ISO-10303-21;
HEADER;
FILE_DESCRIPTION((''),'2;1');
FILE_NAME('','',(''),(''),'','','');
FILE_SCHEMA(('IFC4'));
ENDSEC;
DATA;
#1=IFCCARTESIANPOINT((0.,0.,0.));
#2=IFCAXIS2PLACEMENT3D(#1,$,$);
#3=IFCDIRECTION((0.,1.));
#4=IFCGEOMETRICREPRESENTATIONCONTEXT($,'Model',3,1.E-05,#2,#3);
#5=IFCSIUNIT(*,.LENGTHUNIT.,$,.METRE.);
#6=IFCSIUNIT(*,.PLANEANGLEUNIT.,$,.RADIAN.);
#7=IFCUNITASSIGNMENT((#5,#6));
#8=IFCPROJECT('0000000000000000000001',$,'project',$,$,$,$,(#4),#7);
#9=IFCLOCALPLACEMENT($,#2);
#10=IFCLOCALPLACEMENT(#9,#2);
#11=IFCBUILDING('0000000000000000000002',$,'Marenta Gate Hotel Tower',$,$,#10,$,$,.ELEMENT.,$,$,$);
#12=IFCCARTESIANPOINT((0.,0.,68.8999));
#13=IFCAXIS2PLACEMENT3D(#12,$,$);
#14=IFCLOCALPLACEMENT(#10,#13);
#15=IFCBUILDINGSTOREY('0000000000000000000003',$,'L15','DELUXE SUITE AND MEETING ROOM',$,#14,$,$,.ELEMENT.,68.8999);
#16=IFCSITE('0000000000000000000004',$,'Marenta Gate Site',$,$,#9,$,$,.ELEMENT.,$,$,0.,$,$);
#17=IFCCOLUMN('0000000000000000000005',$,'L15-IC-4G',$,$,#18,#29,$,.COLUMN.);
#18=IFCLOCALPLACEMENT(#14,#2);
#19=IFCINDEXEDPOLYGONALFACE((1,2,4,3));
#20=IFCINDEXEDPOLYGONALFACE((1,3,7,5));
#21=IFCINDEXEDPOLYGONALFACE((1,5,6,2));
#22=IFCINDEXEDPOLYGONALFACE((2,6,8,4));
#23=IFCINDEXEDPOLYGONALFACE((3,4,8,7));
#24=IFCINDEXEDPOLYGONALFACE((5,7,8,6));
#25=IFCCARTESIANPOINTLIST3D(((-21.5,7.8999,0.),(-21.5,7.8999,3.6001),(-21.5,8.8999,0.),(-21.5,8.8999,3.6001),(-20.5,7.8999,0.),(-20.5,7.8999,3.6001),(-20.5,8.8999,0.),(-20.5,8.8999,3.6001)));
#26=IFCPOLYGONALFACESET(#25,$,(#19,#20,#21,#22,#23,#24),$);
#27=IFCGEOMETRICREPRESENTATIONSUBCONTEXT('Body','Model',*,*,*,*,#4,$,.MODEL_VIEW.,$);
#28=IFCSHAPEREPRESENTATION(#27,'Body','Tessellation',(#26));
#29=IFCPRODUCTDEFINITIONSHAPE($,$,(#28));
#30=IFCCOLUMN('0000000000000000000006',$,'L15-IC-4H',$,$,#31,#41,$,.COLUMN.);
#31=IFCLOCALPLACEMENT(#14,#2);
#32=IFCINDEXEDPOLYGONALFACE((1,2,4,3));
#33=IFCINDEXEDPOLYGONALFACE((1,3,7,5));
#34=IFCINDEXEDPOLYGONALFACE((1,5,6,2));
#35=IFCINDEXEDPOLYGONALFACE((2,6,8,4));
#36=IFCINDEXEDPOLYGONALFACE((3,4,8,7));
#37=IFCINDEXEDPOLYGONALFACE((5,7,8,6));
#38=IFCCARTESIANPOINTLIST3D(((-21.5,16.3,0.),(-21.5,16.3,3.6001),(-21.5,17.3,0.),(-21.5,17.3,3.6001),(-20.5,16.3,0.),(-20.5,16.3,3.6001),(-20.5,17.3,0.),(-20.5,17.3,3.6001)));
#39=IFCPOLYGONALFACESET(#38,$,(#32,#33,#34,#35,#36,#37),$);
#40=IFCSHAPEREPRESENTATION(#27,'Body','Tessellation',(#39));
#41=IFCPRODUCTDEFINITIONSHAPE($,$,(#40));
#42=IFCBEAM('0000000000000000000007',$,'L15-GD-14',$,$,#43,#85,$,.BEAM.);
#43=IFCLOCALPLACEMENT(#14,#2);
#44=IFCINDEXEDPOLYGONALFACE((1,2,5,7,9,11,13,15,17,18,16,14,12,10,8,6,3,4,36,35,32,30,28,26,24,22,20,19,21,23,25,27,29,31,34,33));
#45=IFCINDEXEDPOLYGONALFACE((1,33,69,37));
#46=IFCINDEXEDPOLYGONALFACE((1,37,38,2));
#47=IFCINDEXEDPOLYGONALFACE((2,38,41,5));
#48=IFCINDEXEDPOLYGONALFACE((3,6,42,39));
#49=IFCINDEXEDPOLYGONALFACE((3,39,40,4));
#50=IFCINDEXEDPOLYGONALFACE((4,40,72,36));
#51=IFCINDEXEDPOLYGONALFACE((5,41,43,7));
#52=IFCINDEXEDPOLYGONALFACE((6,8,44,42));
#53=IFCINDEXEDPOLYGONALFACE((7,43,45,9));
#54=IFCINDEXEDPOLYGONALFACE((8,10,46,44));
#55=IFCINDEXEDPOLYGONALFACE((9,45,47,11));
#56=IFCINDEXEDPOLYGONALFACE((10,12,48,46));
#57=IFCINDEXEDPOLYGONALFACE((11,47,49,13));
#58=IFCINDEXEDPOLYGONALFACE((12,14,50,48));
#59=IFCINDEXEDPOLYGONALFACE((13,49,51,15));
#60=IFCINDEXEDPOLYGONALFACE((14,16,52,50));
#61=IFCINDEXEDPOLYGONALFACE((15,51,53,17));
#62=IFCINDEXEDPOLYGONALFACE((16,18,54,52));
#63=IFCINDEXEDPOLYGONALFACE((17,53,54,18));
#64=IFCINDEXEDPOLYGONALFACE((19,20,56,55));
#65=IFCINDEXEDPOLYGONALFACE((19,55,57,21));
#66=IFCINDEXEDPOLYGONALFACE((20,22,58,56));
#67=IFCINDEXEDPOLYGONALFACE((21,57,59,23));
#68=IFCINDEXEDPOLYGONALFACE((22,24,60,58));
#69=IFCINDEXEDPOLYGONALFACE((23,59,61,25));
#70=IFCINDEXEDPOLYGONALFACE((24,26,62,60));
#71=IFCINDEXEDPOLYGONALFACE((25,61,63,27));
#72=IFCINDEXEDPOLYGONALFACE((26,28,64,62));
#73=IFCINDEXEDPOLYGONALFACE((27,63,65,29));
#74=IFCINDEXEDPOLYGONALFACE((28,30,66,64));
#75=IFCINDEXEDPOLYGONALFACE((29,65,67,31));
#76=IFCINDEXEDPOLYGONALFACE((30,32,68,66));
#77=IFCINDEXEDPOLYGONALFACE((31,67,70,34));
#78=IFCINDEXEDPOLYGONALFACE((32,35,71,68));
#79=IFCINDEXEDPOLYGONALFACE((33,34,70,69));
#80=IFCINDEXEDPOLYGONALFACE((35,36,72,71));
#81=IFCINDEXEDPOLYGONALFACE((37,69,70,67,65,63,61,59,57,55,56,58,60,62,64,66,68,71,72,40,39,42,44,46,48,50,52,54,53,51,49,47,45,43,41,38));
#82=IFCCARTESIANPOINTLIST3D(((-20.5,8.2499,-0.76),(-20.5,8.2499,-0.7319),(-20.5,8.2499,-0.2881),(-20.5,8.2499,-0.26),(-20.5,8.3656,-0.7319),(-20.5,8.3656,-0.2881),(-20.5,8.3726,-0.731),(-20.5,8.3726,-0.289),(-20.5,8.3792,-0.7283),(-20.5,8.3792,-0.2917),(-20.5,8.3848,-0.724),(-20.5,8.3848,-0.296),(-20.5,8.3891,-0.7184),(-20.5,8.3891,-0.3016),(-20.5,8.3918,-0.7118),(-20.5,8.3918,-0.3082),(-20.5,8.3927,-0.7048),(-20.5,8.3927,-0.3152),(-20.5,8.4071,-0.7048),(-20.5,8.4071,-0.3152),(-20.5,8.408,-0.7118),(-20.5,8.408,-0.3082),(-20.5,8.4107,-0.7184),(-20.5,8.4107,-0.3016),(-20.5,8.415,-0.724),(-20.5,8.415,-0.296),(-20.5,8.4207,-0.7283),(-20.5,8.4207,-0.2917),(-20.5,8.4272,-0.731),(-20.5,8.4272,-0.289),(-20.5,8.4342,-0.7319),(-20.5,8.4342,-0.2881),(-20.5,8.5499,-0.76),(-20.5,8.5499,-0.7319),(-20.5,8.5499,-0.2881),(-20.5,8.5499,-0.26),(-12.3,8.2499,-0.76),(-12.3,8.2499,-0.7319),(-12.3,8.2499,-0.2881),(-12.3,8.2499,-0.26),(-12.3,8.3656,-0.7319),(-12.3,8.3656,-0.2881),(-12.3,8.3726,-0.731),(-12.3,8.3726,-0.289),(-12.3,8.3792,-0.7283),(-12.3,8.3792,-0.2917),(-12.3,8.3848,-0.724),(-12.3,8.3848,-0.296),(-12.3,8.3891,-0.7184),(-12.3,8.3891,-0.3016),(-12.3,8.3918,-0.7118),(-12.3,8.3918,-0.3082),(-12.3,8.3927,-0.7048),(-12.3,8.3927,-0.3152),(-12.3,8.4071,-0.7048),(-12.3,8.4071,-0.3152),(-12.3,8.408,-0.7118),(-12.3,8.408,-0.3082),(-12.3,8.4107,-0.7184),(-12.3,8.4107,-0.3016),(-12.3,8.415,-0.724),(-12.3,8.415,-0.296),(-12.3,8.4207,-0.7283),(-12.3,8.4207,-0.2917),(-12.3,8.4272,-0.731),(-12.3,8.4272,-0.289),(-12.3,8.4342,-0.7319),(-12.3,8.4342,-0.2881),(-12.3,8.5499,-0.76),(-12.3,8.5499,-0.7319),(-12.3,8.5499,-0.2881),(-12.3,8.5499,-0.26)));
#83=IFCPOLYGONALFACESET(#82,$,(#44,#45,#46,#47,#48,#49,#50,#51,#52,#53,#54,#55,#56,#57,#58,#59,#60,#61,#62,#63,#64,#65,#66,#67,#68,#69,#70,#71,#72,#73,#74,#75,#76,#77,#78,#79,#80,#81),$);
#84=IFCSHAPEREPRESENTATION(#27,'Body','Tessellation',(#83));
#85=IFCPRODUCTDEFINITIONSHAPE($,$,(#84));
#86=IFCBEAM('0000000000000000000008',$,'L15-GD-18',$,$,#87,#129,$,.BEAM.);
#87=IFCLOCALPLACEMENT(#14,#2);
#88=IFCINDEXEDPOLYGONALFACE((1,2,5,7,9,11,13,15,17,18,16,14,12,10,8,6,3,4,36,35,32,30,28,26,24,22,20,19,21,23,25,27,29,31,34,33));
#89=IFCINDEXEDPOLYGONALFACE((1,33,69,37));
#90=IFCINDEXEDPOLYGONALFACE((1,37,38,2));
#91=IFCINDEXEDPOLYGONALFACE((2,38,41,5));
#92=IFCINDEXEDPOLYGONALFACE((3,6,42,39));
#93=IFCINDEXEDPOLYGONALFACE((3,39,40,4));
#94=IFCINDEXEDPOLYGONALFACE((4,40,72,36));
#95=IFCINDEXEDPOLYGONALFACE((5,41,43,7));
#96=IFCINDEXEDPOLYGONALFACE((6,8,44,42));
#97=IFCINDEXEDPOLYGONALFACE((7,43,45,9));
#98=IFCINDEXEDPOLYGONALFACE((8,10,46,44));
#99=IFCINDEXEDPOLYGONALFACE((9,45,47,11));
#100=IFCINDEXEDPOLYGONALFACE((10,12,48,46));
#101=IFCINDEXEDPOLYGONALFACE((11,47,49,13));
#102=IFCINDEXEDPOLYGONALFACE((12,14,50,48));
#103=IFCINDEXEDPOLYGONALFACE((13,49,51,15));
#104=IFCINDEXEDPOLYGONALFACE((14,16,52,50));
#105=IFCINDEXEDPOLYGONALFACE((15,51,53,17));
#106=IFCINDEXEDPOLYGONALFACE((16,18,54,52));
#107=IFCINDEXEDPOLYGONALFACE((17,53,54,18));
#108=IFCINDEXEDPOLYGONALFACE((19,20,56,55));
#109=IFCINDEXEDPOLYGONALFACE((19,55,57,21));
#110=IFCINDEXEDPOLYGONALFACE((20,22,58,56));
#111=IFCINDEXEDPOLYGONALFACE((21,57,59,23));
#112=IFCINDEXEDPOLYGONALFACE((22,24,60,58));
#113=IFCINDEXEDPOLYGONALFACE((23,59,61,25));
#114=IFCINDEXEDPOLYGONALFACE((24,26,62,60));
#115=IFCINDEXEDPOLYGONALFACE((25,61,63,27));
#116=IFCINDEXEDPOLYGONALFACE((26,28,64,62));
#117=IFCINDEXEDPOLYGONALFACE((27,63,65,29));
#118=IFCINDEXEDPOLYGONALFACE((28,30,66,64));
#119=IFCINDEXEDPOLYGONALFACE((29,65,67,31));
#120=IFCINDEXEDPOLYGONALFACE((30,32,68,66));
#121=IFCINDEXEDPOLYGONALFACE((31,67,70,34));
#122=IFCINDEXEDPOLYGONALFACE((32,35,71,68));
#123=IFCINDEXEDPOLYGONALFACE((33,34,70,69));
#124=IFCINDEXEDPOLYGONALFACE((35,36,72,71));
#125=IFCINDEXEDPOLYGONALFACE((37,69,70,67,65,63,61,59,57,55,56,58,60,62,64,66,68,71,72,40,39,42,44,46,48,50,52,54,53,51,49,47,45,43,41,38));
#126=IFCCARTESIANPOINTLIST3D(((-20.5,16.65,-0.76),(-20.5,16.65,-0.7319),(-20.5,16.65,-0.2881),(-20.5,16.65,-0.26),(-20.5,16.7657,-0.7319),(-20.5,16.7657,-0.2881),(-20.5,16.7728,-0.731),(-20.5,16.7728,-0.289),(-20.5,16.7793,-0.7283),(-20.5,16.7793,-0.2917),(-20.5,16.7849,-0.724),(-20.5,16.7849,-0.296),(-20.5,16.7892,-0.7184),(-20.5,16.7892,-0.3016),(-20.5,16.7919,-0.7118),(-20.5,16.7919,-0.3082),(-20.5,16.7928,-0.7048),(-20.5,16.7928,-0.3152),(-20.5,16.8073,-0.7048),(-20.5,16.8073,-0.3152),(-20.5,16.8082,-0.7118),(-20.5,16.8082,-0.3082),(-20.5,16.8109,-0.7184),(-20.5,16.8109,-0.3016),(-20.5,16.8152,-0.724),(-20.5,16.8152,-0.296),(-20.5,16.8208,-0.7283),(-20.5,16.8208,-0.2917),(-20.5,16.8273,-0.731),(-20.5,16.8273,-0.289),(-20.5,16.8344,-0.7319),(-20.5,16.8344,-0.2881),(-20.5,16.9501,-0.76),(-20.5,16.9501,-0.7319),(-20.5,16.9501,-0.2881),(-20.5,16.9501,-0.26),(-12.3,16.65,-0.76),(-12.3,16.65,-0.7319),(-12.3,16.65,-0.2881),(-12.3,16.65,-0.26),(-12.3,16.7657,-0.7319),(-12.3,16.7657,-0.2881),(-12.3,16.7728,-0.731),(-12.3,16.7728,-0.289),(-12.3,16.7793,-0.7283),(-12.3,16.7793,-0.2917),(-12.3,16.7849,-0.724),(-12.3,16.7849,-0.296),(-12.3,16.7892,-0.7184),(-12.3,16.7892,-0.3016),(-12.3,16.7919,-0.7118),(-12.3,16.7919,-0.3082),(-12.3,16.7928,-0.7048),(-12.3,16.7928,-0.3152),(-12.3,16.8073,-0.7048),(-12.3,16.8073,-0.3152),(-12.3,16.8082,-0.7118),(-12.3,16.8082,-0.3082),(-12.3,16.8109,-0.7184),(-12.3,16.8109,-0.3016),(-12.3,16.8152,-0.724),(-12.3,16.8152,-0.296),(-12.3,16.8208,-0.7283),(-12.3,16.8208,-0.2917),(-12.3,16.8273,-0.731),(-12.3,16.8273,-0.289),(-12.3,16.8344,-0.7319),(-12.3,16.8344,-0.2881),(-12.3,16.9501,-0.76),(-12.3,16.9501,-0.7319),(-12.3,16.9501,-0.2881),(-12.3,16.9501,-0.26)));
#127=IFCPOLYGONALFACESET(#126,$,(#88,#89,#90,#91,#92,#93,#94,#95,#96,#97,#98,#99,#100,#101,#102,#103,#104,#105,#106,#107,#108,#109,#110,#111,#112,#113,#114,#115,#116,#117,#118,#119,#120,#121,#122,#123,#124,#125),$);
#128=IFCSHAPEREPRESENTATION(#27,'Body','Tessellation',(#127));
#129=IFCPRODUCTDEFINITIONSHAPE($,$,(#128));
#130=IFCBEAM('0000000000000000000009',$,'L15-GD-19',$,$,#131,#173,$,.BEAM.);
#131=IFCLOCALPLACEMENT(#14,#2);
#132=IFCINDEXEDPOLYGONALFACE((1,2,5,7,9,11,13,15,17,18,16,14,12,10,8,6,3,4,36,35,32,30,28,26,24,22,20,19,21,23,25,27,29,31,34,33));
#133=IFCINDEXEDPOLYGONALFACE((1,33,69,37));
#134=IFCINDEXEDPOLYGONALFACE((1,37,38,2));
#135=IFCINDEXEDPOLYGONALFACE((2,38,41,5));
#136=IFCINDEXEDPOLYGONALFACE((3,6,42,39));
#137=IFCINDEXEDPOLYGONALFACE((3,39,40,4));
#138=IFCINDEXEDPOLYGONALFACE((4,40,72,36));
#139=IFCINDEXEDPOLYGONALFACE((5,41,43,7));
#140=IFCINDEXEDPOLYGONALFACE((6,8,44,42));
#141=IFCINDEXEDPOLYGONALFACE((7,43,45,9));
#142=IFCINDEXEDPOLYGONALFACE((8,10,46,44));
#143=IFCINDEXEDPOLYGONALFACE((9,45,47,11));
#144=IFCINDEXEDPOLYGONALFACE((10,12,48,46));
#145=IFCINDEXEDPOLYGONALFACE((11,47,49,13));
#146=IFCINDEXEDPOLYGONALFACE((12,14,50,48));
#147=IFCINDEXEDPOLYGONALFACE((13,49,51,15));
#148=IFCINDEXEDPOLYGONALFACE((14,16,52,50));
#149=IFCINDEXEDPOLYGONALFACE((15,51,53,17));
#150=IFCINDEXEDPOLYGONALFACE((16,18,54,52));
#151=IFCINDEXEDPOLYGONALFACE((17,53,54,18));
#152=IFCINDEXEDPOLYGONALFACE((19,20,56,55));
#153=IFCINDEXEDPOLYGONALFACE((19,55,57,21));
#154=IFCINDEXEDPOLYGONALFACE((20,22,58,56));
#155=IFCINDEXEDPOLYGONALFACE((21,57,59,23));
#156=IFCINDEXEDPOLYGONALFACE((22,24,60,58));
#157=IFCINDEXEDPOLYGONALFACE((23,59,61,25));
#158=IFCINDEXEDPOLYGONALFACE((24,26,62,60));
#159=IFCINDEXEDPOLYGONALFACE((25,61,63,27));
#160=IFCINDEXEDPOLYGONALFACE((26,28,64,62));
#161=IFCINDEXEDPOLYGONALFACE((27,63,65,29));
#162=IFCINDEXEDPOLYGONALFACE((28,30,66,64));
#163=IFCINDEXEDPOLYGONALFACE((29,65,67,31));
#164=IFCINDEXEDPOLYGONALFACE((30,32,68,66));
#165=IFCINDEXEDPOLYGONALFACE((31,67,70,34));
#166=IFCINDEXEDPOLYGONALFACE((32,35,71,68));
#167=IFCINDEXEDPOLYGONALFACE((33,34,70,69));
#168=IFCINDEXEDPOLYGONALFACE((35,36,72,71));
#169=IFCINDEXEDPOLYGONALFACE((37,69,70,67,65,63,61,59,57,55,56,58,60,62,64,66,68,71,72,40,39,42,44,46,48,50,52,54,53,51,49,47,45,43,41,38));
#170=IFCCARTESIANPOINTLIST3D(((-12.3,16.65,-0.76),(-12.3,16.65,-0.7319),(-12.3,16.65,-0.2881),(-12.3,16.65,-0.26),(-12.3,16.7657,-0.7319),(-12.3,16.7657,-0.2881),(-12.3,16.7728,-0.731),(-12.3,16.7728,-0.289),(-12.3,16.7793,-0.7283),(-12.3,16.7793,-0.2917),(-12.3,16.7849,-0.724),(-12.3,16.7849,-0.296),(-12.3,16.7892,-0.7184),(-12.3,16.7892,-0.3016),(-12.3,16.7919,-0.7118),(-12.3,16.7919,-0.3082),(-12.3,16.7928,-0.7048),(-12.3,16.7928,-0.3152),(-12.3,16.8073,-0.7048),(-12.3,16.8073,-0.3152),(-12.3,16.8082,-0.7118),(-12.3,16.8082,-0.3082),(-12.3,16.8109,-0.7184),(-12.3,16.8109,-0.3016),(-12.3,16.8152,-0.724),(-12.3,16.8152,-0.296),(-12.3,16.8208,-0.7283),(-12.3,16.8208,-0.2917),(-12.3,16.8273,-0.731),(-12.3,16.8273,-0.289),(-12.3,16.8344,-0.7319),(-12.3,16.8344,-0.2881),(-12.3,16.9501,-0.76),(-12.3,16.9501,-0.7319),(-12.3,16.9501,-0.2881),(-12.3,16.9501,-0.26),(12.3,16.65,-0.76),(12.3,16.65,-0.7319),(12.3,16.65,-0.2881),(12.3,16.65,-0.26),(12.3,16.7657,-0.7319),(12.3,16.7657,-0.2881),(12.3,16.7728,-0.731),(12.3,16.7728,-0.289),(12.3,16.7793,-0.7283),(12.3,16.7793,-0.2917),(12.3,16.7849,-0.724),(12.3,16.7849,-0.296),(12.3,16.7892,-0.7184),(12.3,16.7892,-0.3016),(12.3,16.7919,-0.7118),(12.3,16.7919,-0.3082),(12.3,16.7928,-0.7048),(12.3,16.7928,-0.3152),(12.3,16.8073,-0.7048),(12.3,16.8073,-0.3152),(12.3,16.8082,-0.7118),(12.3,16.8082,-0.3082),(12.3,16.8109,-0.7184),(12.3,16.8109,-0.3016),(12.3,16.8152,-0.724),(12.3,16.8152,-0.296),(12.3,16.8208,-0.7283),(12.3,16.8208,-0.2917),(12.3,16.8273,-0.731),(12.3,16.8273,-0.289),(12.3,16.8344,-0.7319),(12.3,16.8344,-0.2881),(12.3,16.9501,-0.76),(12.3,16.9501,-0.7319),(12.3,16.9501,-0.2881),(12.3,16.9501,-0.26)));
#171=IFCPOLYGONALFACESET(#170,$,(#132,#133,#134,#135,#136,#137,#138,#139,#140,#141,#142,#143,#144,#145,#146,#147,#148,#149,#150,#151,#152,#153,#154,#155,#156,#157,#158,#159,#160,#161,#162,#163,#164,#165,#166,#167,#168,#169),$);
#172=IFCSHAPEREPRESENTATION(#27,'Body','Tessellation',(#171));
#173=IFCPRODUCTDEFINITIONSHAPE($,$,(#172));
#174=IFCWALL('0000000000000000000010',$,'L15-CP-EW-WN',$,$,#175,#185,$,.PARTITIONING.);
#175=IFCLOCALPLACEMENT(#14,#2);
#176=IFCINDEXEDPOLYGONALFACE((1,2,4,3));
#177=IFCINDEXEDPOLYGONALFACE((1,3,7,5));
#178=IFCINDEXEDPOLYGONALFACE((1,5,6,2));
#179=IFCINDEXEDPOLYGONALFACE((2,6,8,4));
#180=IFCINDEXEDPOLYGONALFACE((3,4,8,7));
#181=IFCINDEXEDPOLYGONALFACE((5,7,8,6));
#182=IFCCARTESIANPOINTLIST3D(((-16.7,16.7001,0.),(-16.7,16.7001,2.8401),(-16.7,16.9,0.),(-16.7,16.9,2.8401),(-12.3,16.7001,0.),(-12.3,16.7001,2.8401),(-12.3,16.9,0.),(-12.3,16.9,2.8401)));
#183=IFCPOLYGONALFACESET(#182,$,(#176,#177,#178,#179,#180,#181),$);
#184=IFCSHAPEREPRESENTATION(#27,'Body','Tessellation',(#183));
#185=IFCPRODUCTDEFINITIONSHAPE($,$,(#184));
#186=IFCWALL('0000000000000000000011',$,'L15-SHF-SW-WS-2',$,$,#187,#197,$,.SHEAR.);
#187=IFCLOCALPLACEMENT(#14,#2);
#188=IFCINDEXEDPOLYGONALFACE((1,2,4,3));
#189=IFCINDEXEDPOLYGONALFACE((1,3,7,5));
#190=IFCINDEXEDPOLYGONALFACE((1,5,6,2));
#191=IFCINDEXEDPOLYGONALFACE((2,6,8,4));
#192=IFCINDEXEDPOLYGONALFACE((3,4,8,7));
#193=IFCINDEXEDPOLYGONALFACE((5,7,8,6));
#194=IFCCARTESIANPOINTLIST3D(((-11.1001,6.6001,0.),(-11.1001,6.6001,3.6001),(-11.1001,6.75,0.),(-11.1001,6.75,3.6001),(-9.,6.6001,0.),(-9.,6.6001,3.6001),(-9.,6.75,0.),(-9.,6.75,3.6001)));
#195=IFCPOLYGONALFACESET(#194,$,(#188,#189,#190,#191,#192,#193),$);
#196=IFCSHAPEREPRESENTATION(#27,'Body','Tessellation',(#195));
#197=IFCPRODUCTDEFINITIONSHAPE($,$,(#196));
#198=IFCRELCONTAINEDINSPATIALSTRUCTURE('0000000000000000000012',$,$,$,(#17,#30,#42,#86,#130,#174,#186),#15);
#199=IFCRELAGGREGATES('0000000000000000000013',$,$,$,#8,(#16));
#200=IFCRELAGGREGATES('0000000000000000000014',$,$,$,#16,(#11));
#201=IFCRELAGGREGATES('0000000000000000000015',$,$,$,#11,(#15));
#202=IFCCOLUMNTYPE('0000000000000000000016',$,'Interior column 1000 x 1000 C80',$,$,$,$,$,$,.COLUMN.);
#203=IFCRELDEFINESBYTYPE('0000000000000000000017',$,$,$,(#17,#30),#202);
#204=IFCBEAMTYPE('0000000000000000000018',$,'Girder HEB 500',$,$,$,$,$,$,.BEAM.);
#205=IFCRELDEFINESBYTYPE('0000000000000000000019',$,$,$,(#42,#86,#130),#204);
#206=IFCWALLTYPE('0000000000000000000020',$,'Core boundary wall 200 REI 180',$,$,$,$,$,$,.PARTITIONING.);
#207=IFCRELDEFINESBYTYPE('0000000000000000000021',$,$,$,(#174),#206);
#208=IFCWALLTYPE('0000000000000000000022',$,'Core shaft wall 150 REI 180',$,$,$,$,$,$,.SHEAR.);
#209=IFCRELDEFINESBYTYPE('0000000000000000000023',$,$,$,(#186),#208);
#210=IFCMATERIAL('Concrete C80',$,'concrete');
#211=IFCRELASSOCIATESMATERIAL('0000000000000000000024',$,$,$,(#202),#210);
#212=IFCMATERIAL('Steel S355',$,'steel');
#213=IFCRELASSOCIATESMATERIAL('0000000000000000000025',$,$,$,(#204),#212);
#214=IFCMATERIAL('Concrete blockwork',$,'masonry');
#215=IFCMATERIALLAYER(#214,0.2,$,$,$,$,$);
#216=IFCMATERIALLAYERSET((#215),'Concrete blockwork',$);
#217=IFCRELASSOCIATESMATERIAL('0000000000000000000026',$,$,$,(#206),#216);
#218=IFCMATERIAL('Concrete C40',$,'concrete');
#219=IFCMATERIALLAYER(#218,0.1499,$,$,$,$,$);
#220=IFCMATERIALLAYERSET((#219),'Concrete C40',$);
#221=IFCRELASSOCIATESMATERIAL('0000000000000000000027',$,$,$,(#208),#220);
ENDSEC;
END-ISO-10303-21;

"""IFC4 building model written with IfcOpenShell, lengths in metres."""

from ifc_helpers import new_model, si_unit, direction, frame, frame_2d, origin, origin_2d, place, context, subcontext, project, spatial, rectangle, i_section, extrude, material, layer, layer_set, material_profile, profile_set, type_object, element, save


model = new_model("IFC4")

# Units and contexts
model_context = context("Model", 3, precision=1e-05, world=origin(), true_north=direction((0.0, 1.0)))
body_context = subcontext(model_context, "Body", "Model", "MODEL_VIEW")
ifc_project = project(units=[si_unit("LENGTHUNIT", "METRE"), si_unit("PLANEANGLEUNIT", "RADIAN")], contexts=[model_context])

# Site, building, storey
site_placement = place(None, origin())
site = spatial("IfcSite", under=ifc_project, at=site_placement, Name="Marenta Gate Site", CompositionType="ELEMENT", RefElevation=0.0)
building_placement = place(site_placement, origin())
building = spatial("IfcBuilding", under=site, at=building_placement, Name="Marenta Gate Hotel Tower", CompositionType="ELEMENT")
storey_placement = place(building_placement, frame((0.0, 0.0, 68.8999)))
storey = spatial("IfcBuildingStorey", under=building, at=storey_placement, Name="L15", Description="DELUXE SUITE AND MEETING ROOM", CompositionType="ELEMENT", Elevation=68.8999)

# Columns
ifc_material_1 = material(Name="Concrete C80", Category="concrete")
ifc_material_profile_1 = material_profile(ifc_material_1, rectangle(XDim=1.0, YDim=1.0, at=origin_2d()), Name="1000 x 1000")
ifc_profile_set_1 = profile_set([ifc_material_profile_1], Name="Concrete C80")
column_type = type_object("IfcColumnType", Name="Interior column 1000 x 1000 C80", PredefinedType="COLUMN", material=ifc_profile_set_1)
for number, where, z_axis, x_axis, name in (
    (1, (-21.0, 8.3999, 0.0), (0.0, 0.0, 1.0), (1.0, 0.0, 0.0), "L15-IC-4G"),
    (2, (-21.0, 16.8, 0.0), (0.0, 0.0, 1.0), (1.0, 0.0, 0.0), "L15-IC-4H"),
):
    element("IfcColumn", number, at=place(storey_placement, frame(where, z_axis=z_axis, x_axis=x_axis)), inside=storey, type_object=column_type, Name=name, PredefinedType="COLUMN", context=body_context, shape_type="SweptSolid", body=[
        extrude(rectangle(XDim=1.0, YDim=1.0, at=origin_2d()), origin(), (0.0, 0.0, 1.0), 3.6001),
    ])

# Beams
ifc_material_2 = material(Name="Steel S355", Category="steel")
ifc_material_profile_2 = material_profile(ifc_material_2, i_section(OverallWidth=0.3, OverallDepth=0.5, WebThickness=0.0144, FlangeThickness=0.0281, FilletRadius=0.0271, at=origin_2d()), Name="HEB 500")
ifc_profile_set_2 = profile_set([ifc_material_profile_2], Name="Steel S355")
beam_type = type_object("IfcBeamType", Name="Girder HEB 500", PredefinedType="BEAM", material=ifc_profile_set_2)
for number, where, z_axis, x_axis, name in (
    (3, (-20.5, 8.3999, -0.51), (1.0, 0.0, 0.0), (0.0, 1.0, 0.0), "L15-GD-14"),
    (4, (-20.5, 16.8, -0.51), (1.0, 0.0, 0.0), (0.0, 1.0, 0.0), "L15-GD-18"),
):
    element("IfcBeam", number, at=place(storey_placement, frame(where, z_axis=z_axis, x_axis=x_axis)), inside=storey, type_object=beam_type, Name=name, PredefinedType="BEAM", context=body_context, shape_type="SweptSolid", body=[
        extrude(i_section(OverallWidth=0.3, OverallDepth=0.5, WebThickness=0.0144, FlangeThickness=0.0281, FilletRadius=0.0271, at=origin_2d()), origin(), (0.0, 0.0, 1.0), 8.2),
    ])
beam_placement = place(storey_placement, frame((-12.3, 16.8, -0.51), z_axis=(1.0, 0.0, 0.0), x_axis=(0.0, 1.0, 0.0)))
element("IfcBeam", 5, at=beam_placement, inside=storey, type_object=beam_type, Name="L15-GD-19", PredefinedType="BEAM", context=body_context, shape_type="SweptSolid", body=[
    extrude(i_section(OverallWidth=0.3, OverallDepth=0.5, WebThickness=0.0144, FlangeThickness=0.0281, FilletRadius=0.0271, at=origin_2d()), origin(), (0.0, 0.0, 1.0), 24.6001),
])

# Walls
ifc_material_3 = material(Name="Concrete blockwork", Category="masonry")
ifc_layer_1 = layer(ifc_material_3, 0.2)
ifc_layer_set_1 = layer_set([ifc_layer_1], Name="Concrete blockwork")
wall_type_1 = type_object("IfcWallType", Name="Core boundary wall 200 REI 180", PredefinedType="PARTITIONING", material=ifc_layer_set_1)
wall_1_placement = place(storey_placement, frame((-16.7, 16.8, 0.0), z_axis=(0.0, 0.0, 1.0), x_axis=(1.0, 0.0, 0.0)))
element("IfcWall", 6, at=wall_1_placement, inside=storey, type_object=wall_type_1, Name="L15-CP-EW-WN", PredefinedType="PARTITIONING", context=body_context, shape_type="SweptSolid", body=[
    extrude(rectangle(XDim=4.3999, YDim=0.2, at=frame_2d((2.2, 0.0))), origin(), (0.0, 0.0, 1.0), 2.8401),
])
ifc_material_4 = material(Name="Concrete C40", Category="concrete")
ifc_layer_2 = layer(ifc_material_4, 0.1499)
ifc_layer_set_2 = layer_set([ifc_layer_2], Name="Concrete C40")
wall_type_2 = type_object("IfcWallType", Name="Core shaft wall 150 REI 180", PredefinedType="SHEAR", material=ifc_layer_set_2)
for number, where, z_axis, x_axis, name in (
    (7, (-11.1001, 6.675, 0.0), (0.0, 0.0, 1.0), (1.0, 0.0, 0.0), "L15-SHF-SW-WS-2"),
):
    element("IfcWall", number, at=place(storey_placement, frame(where, z_axis=z_axis, x_axis=x_axis)), inside=storey, type_object=wall_type_2, Name=name, PredefinedType="SHEAR", context=body_context, shape_type="SweptSolid", body=[
        extrude(rectangle(XDim=2.1001, YDim=0.1499, at=frame_2d((1.05, 0.0))), origin(), (0.0, 0.0, 1.0), 3.6001),
    ])

save(model, "model.ifc")
